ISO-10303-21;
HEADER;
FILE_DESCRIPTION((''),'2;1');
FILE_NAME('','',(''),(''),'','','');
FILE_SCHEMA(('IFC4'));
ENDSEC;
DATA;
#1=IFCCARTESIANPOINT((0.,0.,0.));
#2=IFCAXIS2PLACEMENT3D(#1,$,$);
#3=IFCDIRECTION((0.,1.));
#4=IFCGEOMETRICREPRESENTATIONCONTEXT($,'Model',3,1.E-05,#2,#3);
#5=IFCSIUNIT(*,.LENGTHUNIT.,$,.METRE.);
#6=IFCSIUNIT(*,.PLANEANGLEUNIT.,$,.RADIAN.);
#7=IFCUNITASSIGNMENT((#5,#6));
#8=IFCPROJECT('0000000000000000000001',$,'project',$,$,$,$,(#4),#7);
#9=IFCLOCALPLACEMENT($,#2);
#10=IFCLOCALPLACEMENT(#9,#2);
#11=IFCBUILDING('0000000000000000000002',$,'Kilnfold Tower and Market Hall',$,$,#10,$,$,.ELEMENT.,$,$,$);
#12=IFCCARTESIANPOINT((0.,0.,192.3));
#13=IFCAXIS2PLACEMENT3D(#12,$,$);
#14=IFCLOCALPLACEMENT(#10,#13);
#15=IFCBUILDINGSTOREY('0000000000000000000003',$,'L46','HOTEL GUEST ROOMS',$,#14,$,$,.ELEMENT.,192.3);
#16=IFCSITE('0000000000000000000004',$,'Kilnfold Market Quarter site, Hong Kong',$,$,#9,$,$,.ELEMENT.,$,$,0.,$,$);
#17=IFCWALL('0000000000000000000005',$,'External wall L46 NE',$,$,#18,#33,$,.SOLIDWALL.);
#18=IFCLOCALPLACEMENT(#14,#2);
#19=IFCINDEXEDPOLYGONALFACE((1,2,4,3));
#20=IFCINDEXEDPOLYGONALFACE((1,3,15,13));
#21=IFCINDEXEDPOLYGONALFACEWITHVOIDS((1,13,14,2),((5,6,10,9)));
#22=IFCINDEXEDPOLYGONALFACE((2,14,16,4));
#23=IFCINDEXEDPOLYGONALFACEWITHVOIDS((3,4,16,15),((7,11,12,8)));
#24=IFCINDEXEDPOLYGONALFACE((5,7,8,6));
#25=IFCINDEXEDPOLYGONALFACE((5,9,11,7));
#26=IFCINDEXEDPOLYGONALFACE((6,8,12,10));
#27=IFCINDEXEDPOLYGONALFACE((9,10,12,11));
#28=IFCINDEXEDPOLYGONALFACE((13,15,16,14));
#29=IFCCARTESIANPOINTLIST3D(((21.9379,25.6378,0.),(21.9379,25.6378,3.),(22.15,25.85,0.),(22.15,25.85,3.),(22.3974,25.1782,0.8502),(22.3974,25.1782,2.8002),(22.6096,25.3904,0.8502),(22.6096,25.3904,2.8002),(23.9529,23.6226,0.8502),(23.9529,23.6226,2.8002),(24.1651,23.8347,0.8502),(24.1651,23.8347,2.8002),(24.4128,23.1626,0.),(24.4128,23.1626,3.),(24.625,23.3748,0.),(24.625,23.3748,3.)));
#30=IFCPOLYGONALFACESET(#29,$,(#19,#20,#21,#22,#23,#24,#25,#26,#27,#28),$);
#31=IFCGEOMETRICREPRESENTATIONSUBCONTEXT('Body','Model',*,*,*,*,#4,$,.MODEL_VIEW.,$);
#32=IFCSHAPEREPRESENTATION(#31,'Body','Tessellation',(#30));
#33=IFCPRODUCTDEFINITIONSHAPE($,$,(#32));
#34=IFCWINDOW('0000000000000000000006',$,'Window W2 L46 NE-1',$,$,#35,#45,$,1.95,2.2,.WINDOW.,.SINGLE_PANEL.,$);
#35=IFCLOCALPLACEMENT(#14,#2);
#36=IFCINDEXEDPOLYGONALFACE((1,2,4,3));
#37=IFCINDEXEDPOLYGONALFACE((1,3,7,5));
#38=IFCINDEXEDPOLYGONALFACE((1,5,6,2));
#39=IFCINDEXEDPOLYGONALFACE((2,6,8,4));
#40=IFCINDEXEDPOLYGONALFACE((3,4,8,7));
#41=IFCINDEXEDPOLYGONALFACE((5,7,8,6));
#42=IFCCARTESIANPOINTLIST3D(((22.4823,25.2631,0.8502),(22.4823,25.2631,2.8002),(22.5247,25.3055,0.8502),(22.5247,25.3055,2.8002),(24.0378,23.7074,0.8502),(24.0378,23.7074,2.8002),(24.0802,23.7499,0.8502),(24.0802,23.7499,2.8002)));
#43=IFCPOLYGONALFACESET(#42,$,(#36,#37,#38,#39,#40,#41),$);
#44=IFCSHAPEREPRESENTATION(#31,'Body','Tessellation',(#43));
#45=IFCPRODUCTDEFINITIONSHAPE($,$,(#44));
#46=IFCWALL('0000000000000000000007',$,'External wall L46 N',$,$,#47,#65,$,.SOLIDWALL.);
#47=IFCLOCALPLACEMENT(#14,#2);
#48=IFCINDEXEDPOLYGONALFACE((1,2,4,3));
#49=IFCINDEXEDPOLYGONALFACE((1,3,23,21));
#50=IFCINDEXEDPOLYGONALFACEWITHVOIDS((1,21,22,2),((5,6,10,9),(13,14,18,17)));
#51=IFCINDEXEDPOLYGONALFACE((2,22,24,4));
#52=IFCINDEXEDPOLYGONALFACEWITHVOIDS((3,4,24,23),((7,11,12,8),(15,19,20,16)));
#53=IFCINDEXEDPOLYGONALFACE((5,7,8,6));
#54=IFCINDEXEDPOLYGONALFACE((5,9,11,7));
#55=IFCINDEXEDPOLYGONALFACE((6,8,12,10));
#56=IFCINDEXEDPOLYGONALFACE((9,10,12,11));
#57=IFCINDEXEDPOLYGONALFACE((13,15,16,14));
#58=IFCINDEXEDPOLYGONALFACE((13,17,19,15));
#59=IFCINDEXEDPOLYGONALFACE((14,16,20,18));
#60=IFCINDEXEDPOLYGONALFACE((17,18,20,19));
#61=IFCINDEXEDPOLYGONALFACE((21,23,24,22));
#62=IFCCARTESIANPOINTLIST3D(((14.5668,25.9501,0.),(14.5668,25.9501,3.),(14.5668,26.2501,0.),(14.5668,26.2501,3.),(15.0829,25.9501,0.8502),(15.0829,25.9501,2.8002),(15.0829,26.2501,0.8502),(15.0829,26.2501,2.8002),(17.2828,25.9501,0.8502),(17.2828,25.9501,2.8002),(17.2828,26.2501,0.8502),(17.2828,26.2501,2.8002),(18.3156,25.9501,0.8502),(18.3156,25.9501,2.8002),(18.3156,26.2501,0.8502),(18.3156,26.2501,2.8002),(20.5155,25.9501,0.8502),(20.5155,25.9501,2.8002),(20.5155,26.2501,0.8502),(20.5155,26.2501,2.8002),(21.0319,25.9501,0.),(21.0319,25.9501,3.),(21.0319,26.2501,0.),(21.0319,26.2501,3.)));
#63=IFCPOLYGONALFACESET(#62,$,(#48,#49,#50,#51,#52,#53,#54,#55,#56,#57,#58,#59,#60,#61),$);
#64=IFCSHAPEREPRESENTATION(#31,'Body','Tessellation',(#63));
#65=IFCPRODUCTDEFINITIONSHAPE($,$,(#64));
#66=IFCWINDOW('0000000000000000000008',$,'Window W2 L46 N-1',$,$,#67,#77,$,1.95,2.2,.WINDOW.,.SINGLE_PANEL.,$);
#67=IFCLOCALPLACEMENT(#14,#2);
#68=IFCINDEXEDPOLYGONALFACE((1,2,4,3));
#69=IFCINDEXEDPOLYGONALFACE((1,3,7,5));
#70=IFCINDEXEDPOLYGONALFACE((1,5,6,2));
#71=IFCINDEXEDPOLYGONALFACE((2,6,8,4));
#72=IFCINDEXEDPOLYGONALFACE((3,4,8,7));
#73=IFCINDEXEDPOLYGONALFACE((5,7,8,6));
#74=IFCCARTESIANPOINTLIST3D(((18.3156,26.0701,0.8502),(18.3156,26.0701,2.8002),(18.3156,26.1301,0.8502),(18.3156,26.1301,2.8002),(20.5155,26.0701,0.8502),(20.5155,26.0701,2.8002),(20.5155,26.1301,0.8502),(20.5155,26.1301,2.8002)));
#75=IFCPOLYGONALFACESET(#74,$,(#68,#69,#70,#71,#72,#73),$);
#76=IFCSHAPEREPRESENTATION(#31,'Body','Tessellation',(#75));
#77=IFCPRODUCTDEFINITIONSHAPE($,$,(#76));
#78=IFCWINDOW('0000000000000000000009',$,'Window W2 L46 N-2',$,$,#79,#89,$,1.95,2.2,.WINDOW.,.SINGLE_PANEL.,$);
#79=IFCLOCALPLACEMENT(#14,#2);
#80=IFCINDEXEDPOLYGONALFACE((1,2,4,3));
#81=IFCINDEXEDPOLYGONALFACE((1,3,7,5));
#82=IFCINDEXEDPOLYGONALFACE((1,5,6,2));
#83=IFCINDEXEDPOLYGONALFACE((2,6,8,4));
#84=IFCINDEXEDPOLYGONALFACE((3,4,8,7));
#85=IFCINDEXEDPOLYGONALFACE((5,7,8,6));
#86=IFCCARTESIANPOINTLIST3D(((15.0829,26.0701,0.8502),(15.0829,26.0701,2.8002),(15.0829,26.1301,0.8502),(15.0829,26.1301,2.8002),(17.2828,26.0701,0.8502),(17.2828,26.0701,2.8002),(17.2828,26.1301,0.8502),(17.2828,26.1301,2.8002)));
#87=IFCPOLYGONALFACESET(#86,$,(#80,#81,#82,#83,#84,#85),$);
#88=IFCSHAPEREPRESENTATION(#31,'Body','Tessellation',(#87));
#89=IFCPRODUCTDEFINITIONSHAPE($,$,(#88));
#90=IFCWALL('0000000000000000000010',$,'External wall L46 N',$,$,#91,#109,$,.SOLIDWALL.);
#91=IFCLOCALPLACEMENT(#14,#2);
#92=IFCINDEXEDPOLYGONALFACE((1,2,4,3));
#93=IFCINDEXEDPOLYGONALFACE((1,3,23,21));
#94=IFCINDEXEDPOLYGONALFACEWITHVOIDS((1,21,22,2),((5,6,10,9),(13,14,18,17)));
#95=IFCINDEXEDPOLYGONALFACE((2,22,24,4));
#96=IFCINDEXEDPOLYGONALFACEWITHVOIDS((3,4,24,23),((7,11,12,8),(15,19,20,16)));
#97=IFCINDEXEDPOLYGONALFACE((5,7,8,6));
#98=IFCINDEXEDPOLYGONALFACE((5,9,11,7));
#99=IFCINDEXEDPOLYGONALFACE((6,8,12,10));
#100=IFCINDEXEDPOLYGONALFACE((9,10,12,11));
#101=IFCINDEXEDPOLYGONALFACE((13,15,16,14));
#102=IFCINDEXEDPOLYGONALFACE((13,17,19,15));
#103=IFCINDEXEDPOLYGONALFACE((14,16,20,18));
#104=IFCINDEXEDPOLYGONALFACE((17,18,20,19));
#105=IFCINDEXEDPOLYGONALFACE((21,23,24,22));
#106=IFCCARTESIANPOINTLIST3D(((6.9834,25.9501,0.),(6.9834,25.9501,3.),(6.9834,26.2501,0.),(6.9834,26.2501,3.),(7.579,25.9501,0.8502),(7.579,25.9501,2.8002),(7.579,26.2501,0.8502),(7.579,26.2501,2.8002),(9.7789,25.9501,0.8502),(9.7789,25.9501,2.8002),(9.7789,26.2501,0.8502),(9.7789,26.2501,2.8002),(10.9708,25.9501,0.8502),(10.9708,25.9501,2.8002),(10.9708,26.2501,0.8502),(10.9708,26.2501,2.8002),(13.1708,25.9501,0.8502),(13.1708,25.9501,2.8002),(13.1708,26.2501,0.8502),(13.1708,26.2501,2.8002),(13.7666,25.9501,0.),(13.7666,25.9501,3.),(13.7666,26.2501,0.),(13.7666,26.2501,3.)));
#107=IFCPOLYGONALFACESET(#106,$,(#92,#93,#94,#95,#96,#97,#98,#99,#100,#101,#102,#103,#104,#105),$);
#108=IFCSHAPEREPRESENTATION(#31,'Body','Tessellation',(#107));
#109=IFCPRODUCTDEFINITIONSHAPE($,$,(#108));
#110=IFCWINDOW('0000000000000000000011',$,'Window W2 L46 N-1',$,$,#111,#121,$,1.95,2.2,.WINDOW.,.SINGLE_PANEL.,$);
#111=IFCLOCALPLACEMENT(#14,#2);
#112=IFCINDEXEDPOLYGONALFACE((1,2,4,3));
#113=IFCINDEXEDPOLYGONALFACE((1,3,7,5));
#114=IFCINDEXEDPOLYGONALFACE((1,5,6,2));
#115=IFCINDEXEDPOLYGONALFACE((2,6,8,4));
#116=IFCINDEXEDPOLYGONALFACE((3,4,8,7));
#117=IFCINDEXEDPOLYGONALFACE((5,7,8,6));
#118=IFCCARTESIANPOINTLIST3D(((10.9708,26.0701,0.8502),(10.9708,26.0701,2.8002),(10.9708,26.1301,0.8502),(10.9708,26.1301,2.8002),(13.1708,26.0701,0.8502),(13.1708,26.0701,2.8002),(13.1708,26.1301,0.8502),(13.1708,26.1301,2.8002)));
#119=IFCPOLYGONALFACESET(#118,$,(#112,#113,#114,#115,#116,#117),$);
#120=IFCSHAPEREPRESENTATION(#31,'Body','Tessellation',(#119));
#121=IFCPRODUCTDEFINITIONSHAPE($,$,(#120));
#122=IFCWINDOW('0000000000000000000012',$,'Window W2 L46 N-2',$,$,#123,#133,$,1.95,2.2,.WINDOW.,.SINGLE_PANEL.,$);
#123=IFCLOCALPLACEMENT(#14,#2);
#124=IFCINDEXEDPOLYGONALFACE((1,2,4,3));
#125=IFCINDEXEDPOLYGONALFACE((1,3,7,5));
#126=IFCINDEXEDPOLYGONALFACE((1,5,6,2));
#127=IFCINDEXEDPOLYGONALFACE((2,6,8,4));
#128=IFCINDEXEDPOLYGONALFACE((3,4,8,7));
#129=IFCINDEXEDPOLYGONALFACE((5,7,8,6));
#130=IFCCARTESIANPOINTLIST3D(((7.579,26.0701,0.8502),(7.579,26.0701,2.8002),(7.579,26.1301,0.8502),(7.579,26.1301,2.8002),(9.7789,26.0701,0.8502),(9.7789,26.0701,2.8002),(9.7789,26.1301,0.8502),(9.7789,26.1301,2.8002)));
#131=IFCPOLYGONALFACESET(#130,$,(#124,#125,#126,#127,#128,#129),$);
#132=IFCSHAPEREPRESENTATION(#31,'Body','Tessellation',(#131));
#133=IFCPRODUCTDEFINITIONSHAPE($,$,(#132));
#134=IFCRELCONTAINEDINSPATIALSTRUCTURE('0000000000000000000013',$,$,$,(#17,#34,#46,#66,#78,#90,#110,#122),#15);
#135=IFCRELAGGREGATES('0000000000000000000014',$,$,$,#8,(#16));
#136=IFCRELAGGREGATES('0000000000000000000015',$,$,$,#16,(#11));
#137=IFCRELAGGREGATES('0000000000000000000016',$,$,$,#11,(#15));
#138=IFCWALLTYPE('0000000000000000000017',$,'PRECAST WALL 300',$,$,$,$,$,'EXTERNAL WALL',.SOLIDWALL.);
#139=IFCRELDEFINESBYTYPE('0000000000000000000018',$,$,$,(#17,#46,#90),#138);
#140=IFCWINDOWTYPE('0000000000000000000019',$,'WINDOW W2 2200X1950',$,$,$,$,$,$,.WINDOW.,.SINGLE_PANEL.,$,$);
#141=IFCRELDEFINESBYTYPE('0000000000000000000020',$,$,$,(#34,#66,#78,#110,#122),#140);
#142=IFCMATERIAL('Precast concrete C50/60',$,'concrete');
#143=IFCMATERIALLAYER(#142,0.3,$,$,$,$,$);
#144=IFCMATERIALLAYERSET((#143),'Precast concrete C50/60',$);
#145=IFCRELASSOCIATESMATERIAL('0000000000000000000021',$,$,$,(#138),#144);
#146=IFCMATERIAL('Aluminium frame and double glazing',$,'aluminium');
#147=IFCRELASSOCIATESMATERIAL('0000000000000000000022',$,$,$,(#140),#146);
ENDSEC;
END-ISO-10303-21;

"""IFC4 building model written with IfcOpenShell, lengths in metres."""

from ifc_helpers import new_model, si_unit, direction, frame, frame_2d, origin, place, context, subcontext, project, spatial, rectangle, extrude, source, transform, mapped, material, layer, layer_set, type_object, element, fill, save


model = new_model("IFC4")

# Units and contexts
model_context = context("Model", 3, precision=1e-05, world=origin(), true_north=direction((0.0, 1.0)))
body_context = subcontext(model_context, "Body", "Model", "MODEL_VIEW")
ifc_project = project(units=[si_unit("LENGTHUNIT", "METRE"), si_unit("PLANEANGLEUNIT", "RADIAN")], contexts=[model_context])

# Site, building, storey
site_placement = place(None, origin())
site = spatial("IfcSite", under=ifc_project, at=site_placement, Name="Kilnfold Market Quarter site, Hong Kong", CompositionType="ELEMENT", RefElevation=0.0)
building_placement = place(site_placement, origin())
building = spatial("IfcBuilding", under=site, at=building_placement, Name="Kilnfold Tower and Market Hall", CompositionType="ELEMENT")
storey_placement = place(building_placement, frame((0.0, 0.0, 192.3)))
storey = spatial("IfcBuildingStorey", under=building, at=storey_placement, Name="L46", Description="HOTEL GUEST ROOMS", CompositionType="ELEMENT", Elevation=192.3)

# Wall, opening, window
ifc_material_1 = material(Name="Precast concrete C50/60", Category="concrete")
ifc_layer_1 = layer(ifc_material_1, 0.3)
ifc_layer_set_1 = layer_set([ifc_layer_1], Name="Precast concrete C50/60")
wall_type_1 = type_object("IfcWallType", Name="PRECAST WALL 300", ElementType="EXTERNAL WALL", PredefinedType="SOLIDWALL", material=ifc_layer_set_1)
shared_shape_1 = source(origin(), body_context, "Body", "SweptSolid", [
    extrude(rectangle(XDim=3.5002, YDim=0.3, at=frame_2d((1.75, 0.0))), origin(), (0.0, 0.0, 1.0), 3.0),
])
wall_1_placement = place(storey_placement, frame((24.5188, 23.2688, 0.0), z_axis=(0.0, 0.0, 1.0), x_axis=(-0.707072, 0.707142, 0.0)))
wall_1 = element("IfcWall", 1, at=wall_1_placement, inside=storey, type_object=wall_type_1, Name="External wall L46 NE", PredefinedType="SOLIDWALL", context=body_context, shape_type="MappedRepresentation", body=[
    mapped(shared_shape_1, transform((0.0, 0.0, 0.0))),
])
opening_1_placement = place(wall_1_placement, frame((0.6501, 0.0, 0.8501)))
opening_1 = element("IfcOpeningElement", 2, at=opening_1_placement, cuts=wall_1, PredefinedType="OPENING", context=body_context, shape_type="SweptSolid", body=[
    extrude(rectangle(XDim=2.2, YDim=1.95, at=frame_2d((1.1001, 0.9751))), frame((0.0, 0.1602, 0.0), z_axis=(0.0, -1.0, 0.0), x_axis=(1.0, 0.0, 0.0)), (0.0, 0.0, 1.0), 0.3201),
])
ifc_material_2 = material(Name="Aluminium frame and double glazing", Category="aluminium")
window_type = type_object("IfcWindowType", Name="WINDOW W2 2200X1950", PartitioningType="SINGLE_PANEL", PredefinedType="WINDOW", material=ifc_material_2)
window_1_placement = place(opening_1_placement, origin())
window_1 = element("IfcWindow", 3, at=window_1_placement, inside=storey, type_object=window_type, Name="Window W2 L46 NE-1", OverallHeight=1.95, OverallWidth=2.2, PartitioningType="SINGLE_PANEL", PredefinedType="WINDOW", context=body_context, shape_type="SweptSolid", body=[
    extrude(rectangle(XDim=2.2, YDim=1.95, at=frame_2d((1.1001, 0.9751))), frame((0.0, 0.03, 0.0), z_axis=(0.0, -1.0, 0.0), x_axis=(1.0, 0.0, 0.0)), (0.0, 0.0, 1.0), 0.0601),
])
fill(opening_1, window_1)

# Walls, openings, windows
shared_shape_2 = source(origin(), body_context, "Body", "SweptSolid", [
    extrude(rectangle(XDim=6.4651, YDim=0.3, at=frame_2d((3.2324, 0.0))), origin(), (0.0, 0.0, 1.0), 3.0),
])
wall_2_placement = place(storey_placement, frame((21.0317, 26.1001, 0.0), z_axis=(0.0, 0.0, 1.0), x_axis=(-1.0, 0.0, 0.0)))
wall_2 = element("IfcWall", 4, at=wall_2_placement, inside=storey, type_object=wall_type_1, Name="External wall L46 N", PredefinedType="SOLIDWALL", context=body_context, shape_type="MappedRepresentation", body=[
    mapped(shared_shape_2, transform((0.0, 0.0, 0.0))),
])
opening_2_placement = place(wall_2_placement, frame((0.5161, 0.0, 0.8501)))
opening_2 = element("IfcOpeningElement", 5, at=opening_2_placement, cuts=wall_2, PredefinedType="OPENING", context=body_context, shape_type="SweptSolid", body=[
    extrude(rectangle(XDim=2.2, YDim=1.95, at=frame_2d((1.1001, 0.9751))), frame((0.0, 0.1602, 0.0), z_axis=(0.0, -1.0, 0.0), x_axis=(1.0, 0.0, 0.0)), (0.0, 0.0, 1.0), 0.3201),
])
opening_3_placement = place(wall_2_placement, frame((3.7488, 0.0, 0.8501)))
opening_3 = element("IfcOpeningElement", 6, at=opening_3_placement, cuts=wall_2, PredefinedType="OPENING", context=body_context, shape_type="SweptSolid", body=[
    extrude(rectangle(XDim=2.2, YDim=1.95, at=frame_2d((1.1001, 0.9751))), frame((0.0, 0.1602, 0.0), z_axis=(0.0, -1.0, 0.0), x_axis=(1.0, 0.0, 0.0)), (0.0, 0.0, 1.0), 0.3201),
])
window_2_placement = place(opening_2_placement, origin())
window_2 = element("IfcWindow", 7, at=window_2_placement, inside=storey, type_object=window_type, Name="Window W2 L46 N-1", OverallHeight=1.95, OverallWidth=2.2, PartitioningType="SINGLE_PANEL", PredefinedType="WINDOW", context=body_context, shape_type="SweptSolid", body=[
    extrude(rectangle(XDim=2.2, YDim=1.95, at=frame_2d((1.1001, 0.9751))), frame((0.0, 0.03, 0.0), z_axis=(0.0, -1.0, 0.0), x_axis=(1.0, 0.0, 0.0)), (0.0, 0.0, 1.0), 0.0601),
])
fill(opening_2, window_2)
window_3_placement = place(opening_3_placement, origin())
window_3 = element("IfcWindow", 8, at=window_3_placement, inside=storey, type_object=window_type, Name="Window W2 L46 N-2", OverallHeight=1.95, OverallWidth=2.2, PartitioningType="SINGLE_PANEL", PredefinedType="WINDOW", context=body_context, shape_type="SweptSolid", body=[
    extrude(rectangle(XDim=2.2, YDim=1.95, at=frame_2d((1.1001, 0.9751))), frame((0.0, 0.03, 0.0), z_axis=(0.0, -1.0, 0.0), x_axis=(1.0, 0.0, 0.0)), (0.0, 0.0, 1.0), 0.0601),
])
fill(opening_3, window_3)
shared_shape_3 = source(origin(), body_context, "Body", "SweptSolid", [
    extrude(rectangle(XDim=6.7832, YDim=0.3, at=frame_2d((3.3916, 0.0))), origin(), (0.0, 0.0, 1.0), 3.0),
])
wall_3_placement = place(storey_placement, frame((13.7666, 26.1001, 0.0), z_axis=(0.0, 0.0, 1.0), x_axis=(-1.0, 0.0, 0.0)))
wall_3 = element("IfcWall", 9, at=wall_3_placement, inside=storey, type_object=wall_type_1, Name="External wall L46 N", PredefinedType="SOLIDWALL", context=body_context, shape_type="MappedRepresentation", body=[
    mapped(shared_shape_3, transform((0.0, 0.0, 0.0))),
])
opening_4_placement = place(wall_3_placement, frame((0.5957, 0.0, 0.8501)))
opening_4 = element("IfcOpeningElement", 10, at=opening_4_placement, cuts=wall_3, PredefinedType="OPENING", context=body_context, shape_type="SweptSolid", body=[
    extrude(rectangle(XDim=2.2, YDim=1.95, at=frame_2d((1.1001, 0.9751))), frame((0.0, 0.1602, 0.0), z_axis=(0.0, -1.0, 0.0), x_axis=(1.0, 0.0, 0.0)), (0.0, 0.0, 1.0), 0.3201),
])
opening_5_placement = place(wall_3_placement, frame((3.9875, 0.0, 0.8501)))
opening_5 = element("IfcOpeningElement", 11, at=opening_5_placement, cuts=wall_3, PredefinedType="OPENING", context=body_context, shape_type="SweptSolid", body=[
    extrude(rectangle(XDim=2.2, YDim=1.95, at=frame_2d((1.1001, 0.9751))), frame((0.0, 0.1602, 0.0), z_axis=(0.0, -1.0, 0.0), x_axis=(1.0, 0.0, 0.0)), (0.0, 0.0, 1.0), 0.3201),
])
window_4_placement = place(opening_4_placement, origin())
window_4 = element("IfcWindow", 12, at=window_4_placement, inside=storey, type_object=window_type, Name="Window W2 L46 N-1", OverallHeight=1.95, OverallWidth=2.2, PartitioningType="SINGLE_PANEL", PredefinedType="WINDOW", context=body_context, shape_type="SweptSolid", body=[
    extrude(rectangle(XDim=2.2, YDim=1.95, at=frame_2d((1.1001, 0.9751))), frame((0.0, 0.03, 0.0), z_axis=(0.0, -1.0, 0.0), x_axis=(1.0, 0.0, 0.0)), (0.0, 0.0, 1.0), 0.0601),
])
fill(opening_4, window_4)
window_5_placement = place(opening_5_placement, origin())
window_5 = element("IfcWindow", 13, at=window_5_placement, inside=storey, type_object=window_type, Name="Window W2 L46 N-2", OverallHeight=1.95, OverallWidth=2.2, PartitioningType="SINGLE_PANEL", PredefinedType="WINDOW", context=body_context, shape_type="SweptSolid", body=[
    extrude(rectangle(XDim=2.2, YDim=1.95, at=frame_2d((1.1001, 0.9751))), frame((0.0, 0.03, 0.0), z_axis=(0.0, -1.0, 0.0), x_axis=(1.0, 0.0, 0.0)), (0.0, 0.0, 1.0), 0.0601),
])
fill(opening_5, window_5)

save(model, "model.ifc")
